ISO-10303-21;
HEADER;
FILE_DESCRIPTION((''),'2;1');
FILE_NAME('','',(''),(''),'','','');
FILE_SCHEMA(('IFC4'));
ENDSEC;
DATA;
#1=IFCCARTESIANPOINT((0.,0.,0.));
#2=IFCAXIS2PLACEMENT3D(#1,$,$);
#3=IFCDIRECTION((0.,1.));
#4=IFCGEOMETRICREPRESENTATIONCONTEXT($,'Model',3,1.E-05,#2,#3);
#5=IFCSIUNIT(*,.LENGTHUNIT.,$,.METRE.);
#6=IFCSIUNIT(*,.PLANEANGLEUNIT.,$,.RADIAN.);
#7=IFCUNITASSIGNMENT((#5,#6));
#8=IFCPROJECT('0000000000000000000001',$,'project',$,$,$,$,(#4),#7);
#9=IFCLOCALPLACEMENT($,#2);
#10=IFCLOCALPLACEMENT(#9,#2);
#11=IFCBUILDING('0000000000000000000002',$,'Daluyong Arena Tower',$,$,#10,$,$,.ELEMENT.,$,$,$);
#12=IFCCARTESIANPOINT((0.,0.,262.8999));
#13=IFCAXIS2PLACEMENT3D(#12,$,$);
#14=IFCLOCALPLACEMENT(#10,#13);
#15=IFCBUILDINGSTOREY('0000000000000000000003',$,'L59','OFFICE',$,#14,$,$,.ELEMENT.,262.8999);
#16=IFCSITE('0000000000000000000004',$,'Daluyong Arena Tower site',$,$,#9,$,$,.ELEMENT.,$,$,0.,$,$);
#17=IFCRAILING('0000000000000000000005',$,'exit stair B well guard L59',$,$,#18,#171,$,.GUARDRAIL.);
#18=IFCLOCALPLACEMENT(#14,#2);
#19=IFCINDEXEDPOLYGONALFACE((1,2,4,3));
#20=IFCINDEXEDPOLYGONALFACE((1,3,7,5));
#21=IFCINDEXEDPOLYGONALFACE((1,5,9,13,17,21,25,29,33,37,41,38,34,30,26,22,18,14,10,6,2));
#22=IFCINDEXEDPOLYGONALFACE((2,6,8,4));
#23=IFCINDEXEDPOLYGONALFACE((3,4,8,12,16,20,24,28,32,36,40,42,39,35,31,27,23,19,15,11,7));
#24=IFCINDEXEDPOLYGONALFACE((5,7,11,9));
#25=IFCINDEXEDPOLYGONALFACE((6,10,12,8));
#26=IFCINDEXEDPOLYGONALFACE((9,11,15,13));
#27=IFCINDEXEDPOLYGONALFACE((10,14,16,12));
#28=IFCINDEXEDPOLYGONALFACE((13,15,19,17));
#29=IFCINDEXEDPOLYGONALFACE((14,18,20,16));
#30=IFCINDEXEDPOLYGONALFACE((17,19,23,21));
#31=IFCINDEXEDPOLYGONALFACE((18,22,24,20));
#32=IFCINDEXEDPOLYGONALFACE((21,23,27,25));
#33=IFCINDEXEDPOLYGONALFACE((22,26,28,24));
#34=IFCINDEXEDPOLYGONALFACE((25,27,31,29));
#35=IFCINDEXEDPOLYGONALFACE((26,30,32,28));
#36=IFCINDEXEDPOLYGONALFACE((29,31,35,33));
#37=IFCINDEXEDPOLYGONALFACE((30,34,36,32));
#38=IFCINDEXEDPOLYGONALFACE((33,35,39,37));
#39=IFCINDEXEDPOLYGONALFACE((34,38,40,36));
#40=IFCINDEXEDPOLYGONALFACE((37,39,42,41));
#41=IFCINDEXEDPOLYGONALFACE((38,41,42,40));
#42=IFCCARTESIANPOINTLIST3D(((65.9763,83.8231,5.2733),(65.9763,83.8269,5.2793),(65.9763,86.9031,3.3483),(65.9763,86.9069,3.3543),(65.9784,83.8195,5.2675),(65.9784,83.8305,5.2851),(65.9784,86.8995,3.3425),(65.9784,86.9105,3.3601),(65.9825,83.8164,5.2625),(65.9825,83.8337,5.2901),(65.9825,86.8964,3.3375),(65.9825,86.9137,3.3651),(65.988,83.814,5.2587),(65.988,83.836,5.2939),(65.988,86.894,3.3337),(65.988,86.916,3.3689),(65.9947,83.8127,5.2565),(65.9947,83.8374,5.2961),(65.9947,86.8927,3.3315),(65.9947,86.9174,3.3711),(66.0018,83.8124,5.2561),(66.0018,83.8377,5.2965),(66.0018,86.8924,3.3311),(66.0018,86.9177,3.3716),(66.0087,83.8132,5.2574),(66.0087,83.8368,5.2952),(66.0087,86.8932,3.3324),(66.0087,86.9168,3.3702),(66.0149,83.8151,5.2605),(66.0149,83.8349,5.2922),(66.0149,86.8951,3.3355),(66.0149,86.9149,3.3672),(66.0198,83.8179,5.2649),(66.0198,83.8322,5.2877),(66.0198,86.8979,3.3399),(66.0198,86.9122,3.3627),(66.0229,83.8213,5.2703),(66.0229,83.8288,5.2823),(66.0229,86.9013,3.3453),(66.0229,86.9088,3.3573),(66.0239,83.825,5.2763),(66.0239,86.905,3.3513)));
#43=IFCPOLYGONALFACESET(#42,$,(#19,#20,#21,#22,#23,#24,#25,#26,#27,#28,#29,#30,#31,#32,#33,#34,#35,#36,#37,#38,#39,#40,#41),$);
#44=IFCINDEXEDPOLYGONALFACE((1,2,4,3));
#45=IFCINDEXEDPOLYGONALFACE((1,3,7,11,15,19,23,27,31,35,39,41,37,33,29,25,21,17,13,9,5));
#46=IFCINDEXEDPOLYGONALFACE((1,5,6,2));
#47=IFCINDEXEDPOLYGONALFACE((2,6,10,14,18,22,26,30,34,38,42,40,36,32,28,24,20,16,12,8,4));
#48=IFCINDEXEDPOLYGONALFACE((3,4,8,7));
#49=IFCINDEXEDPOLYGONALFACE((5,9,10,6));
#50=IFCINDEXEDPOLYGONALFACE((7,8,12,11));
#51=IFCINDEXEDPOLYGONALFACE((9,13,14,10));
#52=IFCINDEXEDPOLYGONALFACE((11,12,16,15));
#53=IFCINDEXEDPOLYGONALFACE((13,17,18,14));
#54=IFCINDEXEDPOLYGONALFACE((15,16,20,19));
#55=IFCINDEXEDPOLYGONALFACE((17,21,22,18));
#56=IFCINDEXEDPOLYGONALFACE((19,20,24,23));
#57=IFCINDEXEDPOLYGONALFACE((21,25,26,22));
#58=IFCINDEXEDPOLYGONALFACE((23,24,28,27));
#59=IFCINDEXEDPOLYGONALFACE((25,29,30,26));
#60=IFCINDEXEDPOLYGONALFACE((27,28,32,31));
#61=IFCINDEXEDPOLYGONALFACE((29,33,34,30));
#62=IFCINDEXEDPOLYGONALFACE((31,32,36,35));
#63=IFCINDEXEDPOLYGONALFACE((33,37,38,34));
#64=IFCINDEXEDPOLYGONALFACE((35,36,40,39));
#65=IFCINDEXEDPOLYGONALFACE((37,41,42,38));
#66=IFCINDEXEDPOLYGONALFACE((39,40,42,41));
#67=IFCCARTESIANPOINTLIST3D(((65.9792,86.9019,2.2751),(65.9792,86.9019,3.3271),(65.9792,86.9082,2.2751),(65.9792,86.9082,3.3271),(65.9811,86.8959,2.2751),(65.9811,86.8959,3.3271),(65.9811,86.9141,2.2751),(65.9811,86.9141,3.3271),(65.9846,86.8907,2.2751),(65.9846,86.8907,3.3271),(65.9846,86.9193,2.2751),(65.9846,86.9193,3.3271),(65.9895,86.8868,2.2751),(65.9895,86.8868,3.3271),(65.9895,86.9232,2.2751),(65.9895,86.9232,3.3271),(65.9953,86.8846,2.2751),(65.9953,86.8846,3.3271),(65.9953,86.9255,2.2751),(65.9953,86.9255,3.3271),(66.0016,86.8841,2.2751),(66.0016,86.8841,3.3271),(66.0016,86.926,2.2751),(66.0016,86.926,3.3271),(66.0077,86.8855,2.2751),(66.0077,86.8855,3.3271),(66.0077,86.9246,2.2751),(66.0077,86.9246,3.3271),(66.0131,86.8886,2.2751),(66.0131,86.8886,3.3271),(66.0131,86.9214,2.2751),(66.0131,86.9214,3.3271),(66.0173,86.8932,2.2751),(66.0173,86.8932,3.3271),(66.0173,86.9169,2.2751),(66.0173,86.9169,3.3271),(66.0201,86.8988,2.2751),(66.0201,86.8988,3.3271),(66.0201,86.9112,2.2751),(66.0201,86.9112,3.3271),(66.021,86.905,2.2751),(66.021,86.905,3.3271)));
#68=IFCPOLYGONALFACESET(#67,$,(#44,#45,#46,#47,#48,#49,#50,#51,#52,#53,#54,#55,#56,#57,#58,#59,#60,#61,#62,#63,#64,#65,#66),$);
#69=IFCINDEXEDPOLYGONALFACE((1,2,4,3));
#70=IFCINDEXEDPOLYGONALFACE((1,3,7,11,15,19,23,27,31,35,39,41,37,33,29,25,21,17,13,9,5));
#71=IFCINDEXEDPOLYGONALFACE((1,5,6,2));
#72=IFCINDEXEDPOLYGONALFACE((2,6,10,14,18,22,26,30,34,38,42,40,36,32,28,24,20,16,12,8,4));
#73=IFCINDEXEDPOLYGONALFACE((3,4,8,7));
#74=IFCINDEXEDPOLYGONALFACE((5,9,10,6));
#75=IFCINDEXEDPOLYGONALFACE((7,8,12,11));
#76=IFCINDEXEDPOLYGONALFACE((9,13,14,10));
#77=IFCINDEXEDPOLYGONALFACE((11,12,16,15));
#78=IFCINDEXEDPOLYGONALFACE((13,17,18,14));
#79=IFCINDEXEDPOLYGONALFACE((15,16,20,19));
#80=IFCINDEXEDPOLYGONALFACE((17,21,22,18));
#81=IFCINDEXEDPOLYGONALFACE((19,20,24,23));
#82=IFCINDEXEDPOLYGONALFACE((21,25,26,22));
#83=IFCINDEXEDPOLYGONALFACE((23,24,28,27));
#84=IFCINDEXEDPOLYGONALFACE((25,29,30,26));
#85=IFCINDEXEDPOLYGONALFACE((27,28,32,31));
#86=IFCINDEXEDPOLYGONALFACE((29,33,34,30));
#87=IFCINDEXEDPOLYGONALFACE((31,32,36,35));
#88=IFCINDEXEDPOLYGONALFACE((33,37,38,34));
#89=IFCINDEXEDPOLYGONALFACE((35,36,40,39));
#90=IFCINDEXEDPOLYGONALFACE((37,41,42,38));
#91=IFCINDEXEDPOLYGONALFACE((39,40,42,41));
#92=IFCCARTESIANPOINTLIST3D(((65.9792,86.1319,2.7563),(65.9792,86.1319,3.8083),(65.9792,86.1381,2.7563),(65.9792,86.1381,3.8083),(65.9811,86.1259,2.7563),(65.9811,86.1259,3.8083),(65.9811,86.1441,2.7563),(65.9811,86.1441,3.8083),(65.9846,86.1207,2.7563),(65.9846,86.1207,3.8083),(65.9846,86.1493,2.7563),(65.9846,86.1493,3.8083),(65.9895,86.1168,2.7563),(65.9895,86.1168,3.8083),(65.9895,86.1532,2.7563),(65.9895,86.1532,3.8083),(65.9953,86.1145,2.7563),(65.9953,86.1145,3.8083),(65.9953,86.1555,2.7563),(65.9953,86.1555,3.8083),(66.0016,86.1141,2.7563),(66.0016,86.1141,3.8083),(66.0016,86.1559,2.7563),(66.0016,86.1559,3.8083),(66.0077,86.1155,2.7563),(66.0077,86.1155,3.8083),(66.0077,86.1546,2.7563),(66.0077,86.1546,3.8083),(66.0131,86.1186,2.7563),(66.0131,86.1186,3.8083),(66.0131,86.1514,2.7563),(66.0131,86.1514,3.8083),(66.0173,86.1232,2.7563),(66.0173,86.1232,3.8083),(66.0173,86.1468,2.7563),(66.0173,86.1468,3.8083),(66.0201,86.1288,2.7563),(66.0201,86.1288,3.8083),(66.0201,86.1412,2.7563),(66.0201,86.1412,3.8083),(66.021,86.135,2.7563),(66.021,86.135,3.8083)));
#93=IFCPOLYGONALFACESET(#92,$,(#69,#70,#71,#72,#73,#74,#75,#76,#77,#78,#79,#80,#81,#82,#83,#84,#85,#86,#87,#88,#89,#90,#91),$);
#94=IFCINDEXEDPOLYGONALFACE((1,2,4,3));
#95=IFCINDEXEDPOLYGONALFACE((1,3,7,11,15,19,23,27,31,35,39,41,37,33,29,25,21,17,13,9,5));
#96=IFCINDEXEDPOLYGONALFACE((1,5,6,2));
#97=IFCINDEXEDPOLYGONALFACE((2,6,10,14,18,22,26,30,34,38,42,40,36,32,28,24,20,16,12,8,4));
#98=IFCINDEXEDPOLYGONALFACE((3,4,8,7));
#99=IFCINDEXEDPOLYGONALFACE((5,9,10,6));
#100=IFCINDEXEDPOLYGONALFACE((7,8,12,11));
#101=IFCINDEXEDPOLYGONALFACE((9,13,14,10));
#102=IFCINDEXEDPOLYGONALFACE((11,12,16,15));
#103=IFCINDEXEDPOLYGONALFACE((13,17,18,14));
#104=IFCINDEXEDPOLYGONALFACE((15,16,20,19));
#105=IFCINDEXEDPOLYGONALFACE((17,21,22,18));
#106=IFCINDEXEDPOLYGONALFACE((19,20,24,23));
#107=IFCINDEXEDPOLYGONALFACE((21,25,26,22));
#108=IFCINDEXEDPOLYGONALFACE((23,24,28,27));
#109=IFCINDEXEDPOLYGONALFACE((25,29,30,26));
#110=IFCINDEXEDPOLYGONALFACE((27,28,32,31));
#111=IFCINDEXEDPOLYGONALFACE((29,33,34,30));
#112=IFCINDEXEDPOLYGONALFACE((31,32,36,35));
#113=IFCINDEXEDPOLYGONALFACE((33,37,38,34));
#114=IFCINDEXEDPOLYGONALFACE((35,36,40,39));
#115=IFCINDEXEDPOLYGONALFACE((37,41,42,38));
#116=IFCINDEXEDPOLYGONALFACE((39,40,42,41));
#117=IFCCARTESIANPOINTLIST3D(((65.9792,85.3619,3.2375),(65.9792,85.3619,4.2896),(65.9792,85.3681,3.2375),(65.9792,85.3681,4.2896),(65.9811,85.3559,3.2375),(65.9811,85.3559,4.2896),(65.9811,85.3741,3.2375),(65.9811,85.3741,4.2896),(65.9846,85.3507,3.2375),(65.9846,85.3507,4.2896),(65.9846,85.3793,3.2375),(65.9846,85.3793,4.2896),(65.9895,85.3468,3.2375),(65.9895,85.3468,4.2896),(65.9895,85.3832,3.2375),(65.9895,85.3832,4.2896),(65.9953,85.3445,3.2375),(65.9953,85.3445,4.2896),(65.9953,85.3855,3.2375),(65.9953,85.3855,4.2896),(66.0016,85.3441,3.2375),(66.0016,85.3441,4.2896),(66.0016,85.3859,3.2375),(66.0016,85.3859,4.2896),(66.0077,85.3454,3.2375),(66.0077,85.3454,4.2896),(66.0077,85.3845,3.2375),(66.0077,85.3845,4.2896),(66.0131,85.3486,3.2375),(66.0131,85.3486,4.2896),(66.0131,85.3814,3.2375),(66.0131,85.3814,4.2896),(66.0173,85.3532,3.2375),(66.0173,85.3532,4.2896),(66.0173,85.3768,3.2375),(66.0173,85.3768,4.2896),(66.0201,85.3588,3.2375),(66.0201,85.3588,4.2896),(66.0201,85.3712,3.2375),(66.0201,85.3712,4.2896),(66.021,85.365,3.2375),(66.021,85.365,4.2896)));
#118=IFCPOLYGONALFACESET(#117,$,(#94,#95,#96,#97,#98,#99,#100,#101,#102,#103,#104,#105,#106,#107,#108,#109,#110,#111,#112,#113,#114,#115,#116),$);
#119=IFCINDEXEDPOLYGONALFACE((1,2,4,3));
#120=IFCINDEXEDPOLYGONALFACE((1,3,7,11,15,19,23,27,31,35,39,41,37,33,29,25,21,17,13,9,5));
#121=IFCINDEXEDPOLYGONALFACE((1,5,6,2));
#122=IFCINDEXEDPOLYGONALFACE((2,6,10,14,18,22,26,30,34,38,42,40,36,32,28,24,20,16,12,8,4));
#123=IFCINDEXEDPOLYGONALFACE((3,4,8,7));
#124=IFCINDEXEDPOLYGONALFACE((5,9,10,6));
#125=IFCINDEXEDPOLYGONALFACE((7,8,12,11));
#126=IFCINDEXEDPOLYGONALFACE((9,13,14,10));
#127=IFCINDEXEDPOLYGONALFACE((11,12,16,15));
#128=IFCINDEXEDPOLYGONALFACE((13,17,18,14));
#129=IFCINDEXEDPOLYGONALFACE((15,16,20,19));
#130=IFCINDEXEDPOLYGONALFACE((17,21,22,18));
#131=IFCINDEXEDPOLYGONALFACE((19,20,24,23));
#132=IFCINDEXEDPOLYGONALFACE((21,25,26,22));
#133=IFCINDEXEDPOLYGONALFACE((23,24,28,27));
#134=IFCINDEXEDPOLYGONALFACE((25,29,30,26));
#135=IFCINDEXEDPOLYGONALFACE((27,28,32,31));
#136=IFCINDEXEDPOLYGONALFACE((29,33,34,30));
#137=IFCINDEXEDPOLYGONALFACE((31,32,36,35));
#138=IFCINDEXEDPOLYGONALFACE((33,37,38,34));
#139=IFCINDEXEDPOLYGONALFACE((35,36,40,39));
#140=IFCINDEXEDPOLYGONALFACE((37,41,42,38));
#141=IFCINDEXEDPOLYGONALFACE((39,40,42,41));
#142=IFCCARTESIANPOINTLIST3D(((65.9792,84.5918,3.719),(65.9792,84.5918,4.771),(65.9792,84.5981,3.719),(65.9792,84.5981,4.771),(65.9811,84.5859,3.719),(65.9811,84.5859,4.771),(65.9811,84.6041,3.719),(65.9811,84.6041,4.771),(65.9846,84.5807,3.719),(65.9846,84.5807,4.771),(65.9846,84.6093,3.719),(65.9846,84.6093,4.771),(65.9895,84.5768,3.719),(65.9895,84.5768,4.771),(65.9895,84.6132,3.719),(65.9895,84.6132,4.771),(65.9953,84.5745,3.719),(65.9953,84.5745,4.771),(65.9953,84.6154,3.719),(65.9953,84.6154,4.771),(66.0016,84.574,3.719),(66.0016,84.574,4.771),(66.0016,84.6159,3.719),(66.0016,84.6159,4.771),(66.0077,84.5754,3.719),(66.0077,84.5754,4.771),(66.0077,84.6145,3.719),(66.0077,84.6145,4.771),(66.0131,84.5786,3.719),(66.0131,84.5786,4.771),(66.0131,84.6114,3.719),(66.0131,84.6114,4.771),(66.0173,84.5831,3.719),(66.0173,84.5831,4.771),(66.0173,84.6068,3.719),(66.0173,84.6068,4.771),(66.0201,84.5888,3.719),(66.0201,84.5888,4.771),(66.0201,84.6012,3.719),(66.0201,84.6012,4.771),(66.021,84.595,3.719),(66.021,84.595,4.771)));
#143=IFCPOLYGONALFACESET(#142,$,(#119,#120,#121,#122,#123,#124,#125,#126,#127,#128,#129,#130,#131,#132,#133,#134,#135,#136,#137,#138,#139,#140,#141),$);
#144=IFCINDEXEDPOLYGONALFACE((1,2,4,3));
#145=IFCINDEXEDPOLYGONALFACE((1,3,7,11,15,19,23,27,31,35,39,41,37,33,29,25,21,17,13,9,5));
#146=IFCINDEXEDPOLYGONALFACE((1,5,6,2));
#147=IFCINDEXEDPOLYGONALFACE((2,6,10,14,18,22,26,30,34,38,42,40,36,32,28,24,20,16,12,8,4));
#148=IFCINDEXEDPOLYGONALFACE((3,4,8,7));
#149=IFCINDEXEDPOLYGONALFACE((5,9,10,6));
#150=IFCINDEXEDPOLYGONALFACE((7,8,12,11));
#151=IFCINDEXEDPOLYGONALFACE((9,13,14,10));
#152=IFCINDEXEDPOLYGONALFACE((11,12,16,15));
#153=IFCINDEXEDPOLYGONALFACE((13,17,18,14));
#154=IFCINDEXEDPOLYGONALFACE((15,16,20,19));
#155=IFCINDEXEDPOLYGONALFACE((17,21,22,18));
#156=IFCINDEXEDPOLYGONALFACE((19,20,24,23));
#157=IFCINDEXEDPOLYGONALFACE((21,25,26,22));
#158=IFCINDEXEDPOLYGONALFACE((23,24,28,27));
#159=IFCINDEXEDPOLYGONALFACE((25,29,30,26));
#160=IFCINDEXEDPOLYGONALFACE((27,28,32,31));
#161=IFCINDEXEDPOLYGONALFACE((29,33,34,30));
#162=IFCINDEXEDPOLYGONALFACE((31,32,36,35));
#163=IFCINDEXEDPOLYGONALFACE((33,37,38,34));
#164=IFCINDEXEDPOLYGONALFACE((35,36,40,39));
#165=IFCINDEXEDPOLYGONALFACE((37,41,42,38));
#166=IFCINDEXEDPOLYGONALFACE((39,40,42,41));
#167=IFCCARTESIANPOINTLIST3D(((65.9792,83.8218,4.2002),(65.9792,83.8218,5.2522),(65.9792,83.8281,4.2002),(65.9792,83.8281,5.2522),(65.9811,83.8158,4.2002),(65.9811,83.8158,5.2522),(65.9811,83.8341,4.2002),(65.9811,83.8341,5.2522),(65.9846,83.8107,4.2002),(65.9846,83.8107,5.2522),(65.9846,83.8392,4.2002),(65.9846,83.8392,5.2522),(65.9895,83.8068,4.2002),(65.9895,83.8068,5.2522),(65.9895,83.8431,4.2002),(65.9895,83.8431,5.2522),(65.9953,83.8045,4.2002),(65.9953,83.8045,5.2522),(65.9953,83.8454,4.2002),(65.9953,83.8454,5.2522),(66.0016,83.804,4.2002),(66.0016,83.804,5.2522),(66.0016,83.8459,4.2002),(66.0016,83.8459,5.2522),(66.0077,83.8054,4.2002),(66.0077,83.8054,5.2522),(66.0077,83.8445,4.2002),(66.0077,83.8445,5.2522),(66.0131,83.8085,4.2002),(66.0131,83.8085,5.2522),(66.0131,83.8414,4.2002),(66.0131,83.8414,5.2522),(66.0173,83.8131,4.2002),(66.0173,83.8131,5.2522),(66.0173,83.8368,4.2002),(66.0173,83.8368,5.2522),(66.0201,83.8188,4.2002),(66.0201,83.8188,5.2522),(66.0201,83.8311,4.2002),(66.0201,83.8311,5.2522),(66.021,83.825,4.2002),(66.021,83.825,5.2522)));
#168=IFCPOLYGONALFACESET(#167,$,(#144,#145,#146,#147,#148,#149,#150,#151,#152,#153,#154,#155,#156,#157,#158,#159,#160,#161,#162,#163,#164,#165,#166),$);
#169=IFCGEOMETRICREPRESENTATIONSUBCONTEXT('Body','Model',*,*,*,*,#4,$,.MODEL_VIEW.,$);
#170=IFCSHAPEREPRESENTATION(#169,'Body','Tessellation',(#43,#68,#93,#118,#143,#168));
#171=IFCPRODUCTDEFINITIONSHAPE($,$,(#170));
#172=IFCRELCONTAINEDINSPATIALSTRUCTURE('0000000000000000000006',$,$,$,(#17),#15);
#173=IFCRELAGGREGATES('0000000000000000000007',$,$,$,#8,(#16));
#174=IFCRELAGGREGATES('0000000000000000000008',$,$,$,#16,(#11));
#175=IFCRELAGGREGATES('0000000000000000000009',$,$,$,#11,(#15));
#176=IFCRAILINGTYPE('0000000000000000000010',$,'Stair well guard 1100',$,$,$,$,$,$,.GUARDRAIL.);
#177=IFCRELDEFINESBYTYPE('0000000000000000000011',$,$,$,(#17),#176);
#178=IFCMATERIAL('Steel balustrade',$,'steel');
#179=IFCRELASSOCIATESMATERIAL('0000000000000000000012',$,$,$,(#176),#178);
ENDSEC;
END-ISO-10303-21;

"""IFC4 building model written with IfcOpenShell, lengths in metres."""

from ifc_helpers import new_model, si_unit, direction, frame, origin, origin_2d, place, context, subcontext, project, spatial, circle, extrude, material, type_object, element, save


model = new_model("IFC4")

# Units and contexts
model_context = context("Model", 3, precision=1e-05, world=origin(), true_north=direction((0.0, 1.0)))
body_context = subcontext(model_context, "Body", "Model", "MODEL_VIEW")
ifc_project = project(units=[si_unit("LENGTHUNIT", "METRE"), si_unit("PLANEANGLEUNIT", "RADIAN")], contexts=[model_context])

# Site, building, storey
site_placement = place(None, origin())
site = spatial("IfcSite", under=ifc_project, at=site_placement, Name="Daluyong Arena Tower site", CompositionType="ELEMENT", RefElevation=0.0)
building_placement = place(site_placement, origin())
building = spatial("IfcBuilding", under=site, at=building_placement, Name="Daluyong Arena Tower", CompositionType="ELEMENT")
storey_placement = place(building_placement, frame((0.0, 0.0, 262.8999)))
storey = spatial("IfcBuildingStorey", under=building, at=storey_placement, Name="L59", Description="OFFICE", CompositionType="ELEMENT", Elevation=262.8999)

# Railing
ifc_material_1 = material(Name="Steel balustrade", Category="steel")
railing_type_1 = type_object("IfcRailingType", Name="Stair well guard 1100", PredefinedType="GUARDRAIL", material=ifc_material_1)
railing_1_placement = place(storey_placement, frame((66.0, 86.905, 2.2751)))
element("IfcRailing", 1, at=railing_1_placement, inside=storey, type_object=railing_type_1, Name="exit stair B well guard L59", PredefinedType="GUARDRAIL", context=body_context, shape_type="SweptSolid", body=[
    extrude(circle(Radius=0.0239, at=origin_2d()), frame((0.0, 0.0, 1.0762), z_axis=(0.0, -0.847998, 0.529999), x_axis=(1.0, 0.0, 0.0)), (0.0, 0.0, 1.0), 3.6321),
    extrude(circle(Radius=0.021, at=origin_2d()), origin(), (0.0, 0.0, 1.0), 1.052),
    extrude(circle(Radius=0.021, at=origin_2d()), frame((0.0, -0.77, 0.4812)), (0.0, 0.0, 1.0), 1.052),
    extrude(circle(Radius=0.021, at=origin_2d()), frame((0.0, -1.54, 0.9624)), (0.0, 0.0, 1.0), 1.052),
    extrude(circle(Radius=0.021, at=origin_2d()), frame((0.0, -2.3101, 1.4438)), (0.0, 0.0, 1.0), 1.052),
    extrude(circle(Radius=0.021, at=origin_2d()), frame((0.0, -3.0801, 1.925)), (0.0, 0.0, 1.0), 1.052),
])

save(model, "model.ifc")
